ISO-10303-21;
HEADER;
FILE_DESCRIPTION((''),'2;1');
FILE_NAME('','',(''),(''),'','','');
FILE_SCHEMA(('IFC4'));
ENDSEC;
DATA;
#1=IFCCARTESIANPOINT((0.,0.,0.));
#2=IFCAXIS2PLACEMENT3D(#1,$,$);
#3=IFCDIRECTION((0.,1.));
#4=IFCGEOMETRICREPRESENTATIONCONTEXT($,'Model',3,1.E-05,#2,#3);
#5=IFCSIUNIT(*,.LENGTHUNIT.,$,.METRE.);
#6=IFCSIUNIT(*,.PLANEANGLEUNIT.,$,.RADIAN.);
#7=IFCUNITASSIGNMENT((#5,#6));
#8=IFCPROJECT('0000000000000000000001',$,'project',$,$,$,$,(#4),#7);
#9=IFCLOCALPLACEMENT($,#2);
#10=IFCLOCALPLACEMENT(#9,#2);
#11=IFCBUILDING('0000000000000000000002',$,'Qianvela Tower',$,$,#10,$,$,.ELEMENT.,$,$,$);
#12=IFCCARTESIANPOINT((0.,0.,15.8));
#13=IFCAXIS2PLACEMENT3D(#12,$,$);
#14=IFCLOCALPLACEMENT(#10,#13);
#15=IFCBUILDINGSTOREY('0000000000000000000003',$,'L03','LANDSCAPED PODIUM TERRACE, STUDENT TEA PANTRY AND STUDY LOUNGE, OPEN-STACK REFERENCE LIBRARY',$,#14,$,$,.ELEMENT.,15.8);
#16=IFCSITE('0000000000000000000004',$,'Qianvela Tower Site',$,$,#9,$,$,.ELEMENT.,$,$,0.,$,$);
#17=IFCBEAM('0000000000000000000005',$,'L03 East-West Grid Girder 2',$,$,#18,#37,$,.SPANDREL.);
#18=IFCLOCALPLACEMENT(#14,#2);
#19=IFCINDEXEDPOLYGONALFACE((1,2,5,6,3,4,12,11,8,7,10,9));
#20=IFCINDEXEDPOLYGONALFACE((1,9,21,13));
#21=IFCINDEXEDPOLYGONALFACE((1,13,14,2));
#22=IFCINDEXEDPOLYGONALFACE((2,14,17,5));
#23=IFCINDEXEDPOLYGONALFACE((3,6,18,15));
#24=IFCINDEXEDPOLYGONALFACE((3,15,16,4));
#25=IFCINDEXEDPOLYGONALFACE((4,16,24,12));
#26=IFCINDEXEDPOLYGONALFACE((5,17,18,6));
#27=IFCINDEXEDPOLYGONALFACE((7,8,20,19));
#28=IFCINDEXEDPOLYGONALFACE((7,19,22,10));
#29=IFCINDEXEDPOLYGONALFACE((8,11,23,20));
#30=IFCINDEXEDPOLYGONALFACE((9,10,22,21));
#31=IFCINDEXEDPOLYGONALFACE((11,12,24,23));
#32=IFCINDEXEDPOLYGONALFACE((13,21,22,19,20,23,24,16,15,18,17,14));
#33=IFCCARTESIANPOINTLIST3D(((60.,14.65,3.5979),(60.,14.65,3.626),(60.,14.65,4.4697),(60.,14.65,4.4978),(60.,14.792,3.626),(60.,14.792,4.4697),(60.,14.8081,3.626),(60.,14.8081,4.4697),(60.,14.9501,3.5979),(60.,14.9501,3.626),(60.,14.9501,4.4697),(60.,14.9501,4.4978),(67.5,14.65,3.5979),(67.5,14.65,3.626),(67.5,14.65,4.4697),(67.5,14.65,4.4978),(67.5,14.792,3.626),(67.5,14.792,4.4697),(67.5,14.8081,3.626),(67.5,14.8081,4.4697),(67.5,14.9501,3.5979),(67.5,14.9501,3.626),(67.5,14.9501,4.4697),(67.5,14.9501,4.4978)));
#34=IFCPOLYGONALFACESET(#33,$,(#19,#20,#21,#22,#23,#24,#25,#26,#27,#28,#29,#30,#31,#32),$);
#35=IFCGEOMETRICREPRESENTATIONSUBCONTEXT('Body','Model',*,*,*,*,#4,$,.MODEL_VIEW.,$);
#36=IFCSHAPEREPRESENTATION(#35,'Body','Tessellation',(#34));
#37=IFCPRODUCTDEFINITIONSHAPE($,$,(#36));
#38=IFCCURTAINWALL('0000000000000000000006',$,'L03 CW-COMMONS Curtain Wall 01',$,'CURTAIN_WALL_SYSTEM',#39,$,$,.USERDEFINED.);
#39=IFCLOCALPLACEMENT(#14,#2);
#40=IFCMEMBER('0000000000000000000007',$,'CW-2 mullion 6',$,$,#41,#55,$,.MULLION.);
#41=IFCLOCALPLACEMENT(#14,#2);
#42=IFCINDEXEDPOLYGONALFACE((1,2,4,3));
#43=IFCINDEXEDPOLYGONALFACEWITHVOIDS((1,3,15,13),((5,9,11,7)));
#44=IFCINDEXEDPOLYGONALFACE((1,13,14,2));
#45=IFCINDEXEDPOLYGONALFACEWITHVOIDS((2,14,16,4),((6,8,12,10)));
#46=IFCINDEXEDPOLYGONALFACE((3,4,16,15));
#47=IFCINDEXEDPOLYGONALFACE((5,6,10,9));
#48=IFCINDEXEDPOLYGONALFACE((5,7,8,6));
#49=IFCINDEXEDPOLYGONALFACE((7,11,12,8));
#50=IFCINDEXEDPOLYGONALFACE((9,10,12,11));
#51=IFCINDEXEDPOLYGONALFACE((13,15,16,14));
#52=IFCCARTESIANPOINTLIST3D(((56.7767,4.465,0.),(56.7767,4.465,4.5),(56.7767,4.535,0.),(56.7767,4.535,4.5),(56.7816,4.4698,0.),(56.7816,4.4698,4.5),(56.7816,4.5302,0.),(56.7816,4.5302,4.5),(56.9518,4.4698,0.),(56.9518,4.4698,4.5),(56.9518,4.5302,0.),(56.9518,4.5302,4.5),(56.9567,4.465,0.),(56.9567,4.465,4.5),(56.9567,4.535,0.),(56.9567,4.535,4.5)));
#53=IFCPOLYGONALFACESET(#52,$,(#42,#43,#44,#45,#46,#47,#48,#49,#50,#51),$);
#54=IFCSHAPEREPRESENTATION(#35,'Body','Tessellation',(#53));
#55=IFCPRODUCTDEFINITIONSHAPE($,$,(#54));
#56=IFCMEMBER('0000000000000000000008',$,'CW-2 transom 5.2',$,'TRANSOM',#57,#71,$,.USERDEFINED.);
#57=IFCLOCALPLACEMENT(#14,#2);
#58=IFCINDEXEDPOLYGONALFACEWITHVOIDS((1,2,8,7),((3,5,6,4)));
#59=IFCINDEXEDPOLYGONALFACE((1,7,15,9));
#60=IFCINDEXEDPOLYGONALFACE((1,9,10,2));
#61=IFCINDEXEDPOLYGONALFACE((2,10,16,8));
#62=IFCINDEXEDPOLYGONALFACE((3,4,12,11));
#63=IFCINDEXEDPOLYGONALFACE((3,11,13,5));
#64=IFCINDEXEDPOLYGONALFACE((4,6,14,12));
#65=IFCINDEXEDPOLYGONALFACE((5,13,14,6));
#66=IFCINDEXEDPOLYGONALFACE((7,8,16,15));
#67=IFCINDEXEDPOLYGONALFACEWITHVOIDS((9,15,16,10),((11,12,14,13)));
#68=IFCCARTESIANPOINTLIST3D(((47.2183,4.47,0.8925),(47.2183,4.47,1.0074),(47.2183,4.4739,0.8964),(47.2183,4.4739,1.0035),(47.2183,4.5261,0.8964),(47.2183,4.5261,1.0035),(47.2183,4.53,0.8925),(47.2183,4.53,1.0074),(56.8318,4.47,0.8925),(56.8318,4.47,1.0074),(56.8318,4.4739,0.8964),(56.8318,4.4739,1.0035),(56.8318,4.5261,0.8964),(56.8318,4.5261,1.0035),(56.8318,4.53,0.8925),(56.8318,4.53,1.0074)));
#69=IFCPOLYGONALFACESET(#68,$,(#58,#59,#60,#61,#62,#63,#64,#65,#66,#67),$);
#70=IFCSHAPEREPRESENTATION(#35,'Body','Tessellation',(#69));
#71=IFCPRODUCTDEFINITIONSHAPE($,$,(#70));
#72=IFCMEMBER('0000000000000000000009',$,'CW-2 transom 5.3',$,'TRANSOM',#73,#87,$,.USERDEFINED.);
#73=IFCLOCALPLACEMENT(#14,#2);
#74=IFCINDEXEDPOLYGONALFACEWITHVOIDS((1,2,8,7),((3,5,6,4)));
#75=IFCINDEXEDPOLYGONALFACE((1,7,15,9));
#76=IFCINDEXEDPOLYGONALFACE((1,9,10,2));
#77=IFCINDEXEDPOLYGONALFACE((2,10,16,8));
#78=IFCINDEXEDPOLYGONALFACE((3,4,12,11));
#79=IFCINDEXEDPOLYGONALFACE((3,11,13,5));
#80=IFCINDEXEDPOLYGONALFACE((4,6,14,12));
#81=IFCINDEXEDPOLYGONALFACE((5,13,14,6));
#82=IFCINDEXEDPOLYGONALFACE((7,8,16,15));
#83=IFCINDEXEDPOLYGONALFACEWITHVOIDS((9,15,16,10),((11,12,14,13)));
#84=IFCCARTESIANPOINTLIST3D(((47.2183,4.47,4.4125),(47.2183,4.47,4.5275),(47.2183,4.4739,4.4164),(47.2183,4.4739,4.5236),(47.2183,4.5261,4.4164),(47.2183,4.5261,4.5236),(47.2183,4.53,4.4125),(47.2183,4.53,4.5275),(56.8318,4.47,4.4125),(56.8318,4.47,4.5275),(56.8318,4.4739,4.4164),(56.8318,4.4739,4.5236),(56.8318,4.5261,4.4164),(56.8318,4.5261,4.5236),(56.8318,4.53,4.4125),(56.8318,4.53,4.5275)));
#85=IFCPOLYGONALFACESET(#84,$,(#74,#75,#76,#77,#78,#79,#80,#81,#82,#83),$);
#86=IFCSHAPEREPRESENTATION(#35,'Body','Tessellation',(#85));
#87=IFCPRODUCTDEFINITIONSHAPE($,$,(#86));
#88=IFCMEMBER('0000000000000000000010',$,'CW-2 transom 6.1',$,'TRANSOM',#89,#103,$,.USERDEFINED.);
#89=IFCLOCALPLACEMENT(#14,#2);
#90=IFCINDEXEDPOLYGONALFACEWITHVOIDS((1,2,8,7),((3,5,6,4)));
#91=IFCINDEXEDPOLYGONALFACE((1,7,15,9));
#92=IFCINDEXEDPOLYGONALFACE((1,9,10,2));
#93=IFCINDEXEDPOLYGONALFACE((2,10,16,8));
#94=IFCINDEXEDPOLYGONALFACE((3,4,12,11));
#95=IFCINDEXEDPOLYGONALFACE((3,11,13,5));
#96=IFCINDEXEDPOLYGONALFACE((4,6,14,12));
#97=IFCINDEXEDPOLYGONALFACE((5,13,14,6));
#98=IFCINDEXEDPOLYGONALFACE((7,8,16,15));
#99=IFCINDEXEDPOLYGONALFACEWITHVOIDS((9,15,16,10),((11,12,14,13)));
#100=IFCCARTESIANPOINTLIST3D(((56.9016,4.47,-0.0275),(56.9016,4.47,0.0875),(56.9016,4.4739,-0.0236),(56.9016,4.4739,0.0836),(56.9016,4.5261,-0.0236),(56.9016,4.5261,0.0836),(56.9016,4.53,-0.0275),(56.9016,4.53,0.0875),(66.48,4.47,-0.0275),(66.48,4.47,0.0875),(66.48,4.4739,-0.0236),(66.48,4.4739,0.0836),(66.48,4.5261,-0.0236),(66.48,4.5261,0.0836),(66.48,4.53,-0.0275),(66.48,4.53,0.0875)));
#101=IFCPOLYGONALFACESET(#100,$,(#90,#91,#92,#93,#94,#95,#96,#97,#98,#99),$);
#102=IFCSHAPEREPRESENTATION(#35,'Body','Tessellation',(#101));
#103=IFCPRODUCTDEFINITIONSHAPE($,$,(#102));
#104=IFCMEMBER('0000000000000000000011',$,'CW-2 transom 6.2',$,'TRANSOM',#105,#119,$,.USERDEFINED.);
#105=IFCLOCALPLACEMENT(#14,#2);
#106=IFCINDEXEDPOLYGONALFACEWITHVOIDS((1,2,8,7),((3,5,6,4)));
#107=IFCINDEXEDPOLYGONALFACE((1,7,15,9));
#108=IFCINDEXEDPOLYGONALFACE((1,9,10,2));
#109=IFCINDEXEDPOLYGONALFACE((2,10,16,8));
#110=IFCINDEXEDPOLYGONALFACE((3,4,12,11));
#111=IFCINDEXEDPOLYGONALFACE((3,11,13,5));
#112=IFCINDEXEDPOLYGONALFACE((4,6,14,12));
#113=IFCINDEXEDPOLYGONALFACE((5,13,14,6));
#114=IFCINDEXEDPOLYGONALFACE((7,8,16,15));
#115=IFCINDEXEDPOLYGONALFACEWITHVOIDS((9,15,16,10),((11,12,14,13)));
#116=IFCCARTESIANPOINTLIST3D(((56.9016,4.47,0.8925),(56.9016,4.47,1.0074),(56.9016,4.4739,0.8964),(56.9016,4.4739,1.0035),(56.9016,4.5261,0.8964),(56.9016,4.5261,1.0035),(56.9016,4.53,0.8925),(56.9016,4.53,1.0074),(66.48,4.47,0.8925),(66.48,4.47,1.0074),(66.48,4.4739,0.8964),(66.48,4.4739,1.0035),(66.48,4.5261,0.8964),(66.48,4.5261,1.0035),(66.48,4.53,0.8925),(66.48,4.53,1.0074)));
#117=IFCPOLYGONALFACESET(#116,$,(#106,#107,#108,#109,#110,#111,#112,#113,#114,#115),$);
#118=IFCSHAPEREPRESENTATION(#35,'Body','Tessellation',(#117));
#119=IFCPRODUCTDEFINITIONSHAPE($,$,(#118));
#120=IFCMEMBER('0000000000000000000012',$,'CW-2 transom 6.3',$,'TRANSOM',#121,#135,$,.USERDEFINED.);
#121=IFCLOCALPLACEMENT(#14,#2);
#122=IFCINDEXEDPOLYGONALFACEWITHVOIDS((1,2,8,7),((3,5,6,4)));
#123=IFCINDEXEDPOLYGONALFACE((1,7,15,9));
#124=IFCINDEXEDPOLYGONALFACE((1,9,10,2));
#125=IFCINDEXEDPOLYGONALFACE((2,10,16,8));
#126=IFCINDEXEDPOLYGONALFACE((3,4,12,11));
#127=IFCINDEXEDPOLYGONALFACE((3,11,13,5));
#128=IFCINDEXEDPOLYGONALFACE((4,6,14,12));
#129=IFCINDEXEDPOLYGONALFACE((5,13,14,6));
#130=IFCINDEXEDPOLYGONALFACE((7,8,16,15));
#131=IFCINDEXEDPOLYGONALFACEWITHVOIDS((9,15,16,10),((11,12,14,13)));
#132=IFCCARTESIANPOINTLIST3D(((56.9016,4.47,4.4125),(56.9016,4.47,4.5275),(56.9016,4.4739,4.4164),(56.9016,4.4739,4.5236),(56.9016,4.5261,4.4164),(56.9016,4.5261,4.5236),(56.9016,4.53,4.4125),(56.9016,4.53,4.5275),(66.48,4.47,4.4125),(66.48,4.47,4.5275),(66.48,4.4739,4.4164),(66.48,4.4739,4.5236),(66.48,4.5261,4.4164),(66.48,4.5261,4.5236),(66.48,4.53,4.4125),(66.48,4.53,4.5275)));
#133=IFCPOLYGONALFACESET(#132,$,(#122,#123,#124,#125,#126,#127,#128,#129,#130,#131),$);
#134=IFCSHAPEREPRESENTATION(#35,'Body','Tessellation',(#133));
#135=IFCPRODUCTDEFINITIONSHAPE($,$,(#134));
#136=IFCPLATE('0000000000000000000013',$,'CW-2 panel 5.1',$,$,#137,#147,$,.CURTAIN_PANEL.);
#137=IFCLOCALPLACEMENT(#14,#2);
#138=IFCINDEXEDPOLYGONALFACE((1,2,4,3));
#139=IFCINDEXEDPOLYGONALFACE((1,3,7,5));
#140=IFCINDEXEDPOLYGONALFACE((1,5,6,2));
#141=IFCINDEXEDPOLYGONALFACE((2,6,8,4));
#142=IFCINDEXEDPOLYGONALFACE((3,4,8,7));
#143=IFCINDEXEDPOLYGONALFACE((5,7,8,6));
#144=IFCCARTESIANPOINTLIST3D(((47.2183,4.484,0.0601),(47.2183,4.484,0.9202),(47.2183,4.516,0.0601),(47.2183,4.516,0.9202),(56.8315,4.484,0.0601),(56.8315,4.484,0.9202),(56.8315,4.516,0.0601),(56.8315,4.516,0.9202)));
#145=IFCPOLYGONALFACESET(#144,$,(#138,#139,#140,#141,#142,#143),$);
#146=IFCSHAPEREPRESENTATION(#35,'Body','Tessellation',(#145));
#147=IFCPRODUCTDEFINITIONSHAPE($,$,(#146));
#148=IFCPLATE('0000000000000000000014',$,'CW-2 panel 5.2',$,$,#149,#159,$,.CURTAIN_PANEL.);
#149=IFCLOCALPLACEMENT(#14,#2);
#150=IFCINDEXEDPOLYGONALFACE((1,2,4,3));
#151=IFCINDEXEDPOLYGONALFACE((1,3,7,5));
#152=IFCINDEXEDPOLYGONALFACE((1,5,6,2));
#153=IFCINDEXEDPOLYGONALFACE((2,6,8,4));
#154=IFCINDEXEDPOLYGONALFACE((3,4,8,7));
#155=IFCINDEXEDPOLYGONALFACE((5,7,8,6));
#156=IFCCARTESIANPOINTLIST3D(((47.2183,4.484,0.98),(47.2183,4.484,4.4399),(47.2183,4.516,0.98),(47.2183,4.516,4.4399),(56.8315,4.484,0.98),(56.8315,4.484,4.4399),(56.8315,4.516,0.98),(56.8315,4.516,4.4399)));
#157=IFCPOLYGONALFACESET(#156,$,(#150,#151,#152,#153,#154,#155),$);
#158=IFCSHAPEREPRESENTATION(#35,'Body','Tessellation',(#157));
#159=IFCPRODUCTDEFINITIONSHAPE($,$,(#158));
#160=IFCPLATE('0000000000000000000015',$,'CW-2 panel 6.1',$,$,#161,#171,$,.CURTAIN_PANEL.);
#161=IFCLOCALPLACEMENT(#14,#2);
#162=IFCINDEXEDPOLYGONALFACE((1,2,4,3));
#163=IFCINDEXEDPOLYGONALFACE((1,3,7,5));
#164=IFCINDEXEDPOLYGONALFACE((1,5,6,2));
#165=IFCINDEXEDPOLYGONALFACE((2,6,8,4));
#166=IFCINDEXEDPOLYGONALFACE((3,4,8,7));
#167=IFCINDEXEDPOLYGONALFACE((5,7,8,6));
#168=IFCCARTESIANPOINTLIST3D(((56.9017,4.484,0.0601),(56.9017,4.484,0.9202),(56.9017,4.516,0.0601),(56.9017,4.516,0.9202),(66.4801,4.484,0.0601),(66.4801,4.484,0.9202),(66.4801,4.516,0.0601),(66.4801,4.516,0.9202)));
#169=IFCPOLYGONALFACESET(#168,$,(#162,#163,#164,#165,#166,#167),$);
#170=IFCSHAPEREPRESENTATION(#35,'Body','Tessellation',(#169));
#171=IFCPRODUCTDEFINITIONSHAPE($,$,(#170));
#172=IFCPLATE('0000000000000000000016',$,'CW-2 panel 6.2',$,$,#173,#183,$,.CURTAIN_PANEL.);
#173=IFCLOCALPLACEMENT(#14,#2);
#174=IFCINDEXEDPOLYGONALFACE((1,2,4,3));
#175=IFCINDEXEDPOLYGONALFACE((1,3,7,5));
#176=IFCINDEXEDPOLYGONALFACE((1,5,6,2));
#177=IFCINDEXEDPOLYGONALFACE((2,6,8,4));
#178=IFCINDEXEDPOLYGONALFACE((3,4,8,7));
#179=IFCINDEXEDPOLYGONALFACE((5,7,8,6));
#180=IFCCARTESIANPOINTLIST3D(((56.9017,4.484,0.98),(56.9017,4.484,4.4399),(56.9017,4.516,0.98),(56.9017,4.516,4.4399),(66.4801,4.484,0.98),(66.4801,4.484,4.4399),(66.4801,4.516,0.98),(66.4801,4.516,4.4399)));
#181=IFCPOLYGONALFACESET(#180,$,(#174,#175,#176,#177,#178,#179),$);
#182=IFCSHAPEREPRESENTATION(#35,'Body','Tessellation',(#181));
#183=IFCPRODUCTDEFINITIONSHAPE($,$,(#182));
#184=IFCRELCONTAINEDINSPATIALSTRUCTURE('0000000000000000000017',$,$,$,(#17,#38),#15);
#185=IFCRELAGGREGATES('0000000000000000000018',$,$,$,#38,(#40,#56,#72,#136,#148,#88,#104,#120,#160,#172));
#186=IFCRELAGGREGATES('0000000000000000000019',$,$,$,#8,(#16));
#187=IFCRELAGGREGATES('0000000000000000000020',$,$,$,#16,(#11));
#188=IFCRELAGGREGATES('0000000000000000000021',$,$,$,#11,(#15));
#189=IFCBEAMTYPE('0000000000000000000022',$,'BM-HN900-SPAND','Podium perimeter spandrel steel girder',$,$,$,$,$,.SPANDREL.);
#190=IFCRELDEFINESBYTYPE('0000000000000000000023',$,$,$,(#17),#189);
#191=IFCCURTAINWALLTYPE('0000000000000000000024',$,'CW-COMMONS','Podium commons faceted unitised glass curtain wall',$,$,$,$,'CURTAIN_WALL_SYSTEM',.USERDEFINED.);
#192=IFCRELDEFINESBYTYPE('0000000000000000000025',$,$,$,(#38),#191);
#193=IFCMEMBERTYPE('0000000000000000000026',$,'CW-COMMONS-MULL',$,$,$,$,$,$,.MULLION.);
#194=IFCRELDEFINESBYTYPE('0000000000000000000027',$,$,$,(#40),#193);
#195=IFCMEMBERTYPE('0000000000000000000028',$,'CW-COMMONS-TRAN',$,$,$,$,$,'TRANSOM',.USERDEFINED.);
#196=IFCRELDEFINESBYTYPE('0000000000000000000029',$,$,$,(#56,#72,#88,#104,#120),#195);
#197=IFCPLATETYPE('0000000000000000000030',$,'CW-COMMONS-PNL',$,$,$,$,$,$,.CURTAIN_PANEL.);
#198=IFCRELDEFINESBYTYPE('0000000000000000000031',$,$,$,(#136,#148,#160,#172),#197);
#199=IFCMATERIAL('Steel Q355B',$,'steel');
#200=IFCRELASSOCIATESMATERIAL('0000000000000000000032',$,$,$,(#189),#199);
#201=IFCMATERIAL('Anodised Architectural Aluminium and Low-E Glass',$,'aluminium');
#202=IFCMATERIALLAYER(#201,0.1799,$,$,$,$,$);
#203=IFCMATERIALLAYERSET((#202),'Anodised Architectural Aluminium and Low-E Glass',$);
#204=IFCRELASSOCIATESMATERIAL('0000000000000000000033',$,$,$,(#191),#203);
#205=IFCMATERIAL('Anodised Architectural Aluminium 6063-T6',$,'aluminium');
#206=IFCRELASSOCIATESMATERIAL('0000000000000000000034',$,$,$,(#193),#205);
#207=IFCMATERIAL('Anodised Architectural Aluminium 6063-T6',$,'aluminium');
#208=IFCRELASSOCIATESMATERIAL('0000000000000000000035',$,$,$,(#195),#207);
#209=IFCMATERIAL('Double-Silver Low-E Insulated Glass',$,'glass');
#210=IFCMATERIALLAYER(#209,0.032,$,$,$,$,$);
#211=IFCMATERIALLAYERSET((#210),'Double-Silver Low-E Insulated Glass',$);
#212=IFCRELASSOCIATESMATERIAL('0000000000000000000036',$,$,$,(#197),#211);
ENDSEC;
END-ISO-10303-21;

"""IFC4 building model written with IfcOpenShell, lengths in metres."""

from ifc_helpers import new_model, si_unit, direction, frame, origin, origin_2d, place, context, subcontext, project, spatial, rectangle, hollow_rectangle, i_section, extrude, material, layer, layer_set, material_profile, profile_set, type_object, element, aggregate, save


model = new_model("IFC4")

# Units and contexts
model_context = context("Model", 3, precision=1e-05, world=origin(), true_north=direction((0.0, 1.0)))
body_context = subcontext(model_context, "Body", "Model", "MODEL_VIEW")
ifc_project = project(units=[si_unit("LENGTHUNIT", "METRE"), si_unit("PLANEANGLEUNIT", "RADIAN")], contexts=[model_context])

# Site, building, storey
site_placement = place(None, origin())
site = spatial("IfcSite", under=ifc_project, at=site_placement, Name="Qianvela Tower Site", CompositionType="ELEMENT", RefElevation=0.0)
building_placement = place(site_placement, origin())
building = spatial("IfcBuilding", under=site, at=building_placement, Name="Qianvela Tower", CompositionType="ELEMENT")
storey_placement = place(building_placement, frame((0.0, 0.0, 15.8)))
storey = spatial("IfcBuildingStorey", under=building, at=storey_placement, Name="L03", Description="LANDSCAPED PODIUM TERRACE, STUDENT TEA PANTRY AND STUDY LOUNGE, OPEN-STACK REFERENCE LIBRARY", CompositionType="ELEMENT", Elevation=15.8)

# Beam
ifc_material_1 = material(Name="Steel Q355B", Category="steel")
ifc_material_profile_1 = material_profile(ifc_material_1, i_section(OverallWidth=0.3, OverallDepth=0.8999, WebThickness=0.0161, FlangeThickness=0.0281, at=origin_2d()), Name="HN900x300x16x28")
ifc_profile_set_1 = profile_set([ifc_material_profile_1], Name="Steel Q355B")
beam_type_1 = type_object("IfcBeamType", Name="BM-HN900-SPAND", Description="Podium perimeter spandrel steel girder", PredefinedType="SPANDREL", material=ifc_profile_set_1)
beam_1_placement = place(storey_placement, frame((60.0, 14.8, 4.0479), z_axis=(1.0, 0.0, 0.0), x_axis=(0.0, 1.0, 0.0)))
element("IfcBeam", 1, at=beam_1_placement, inside=storey, type_object=beam_type_1, Name="L03 East-West Grid Girder 2", PredefinedType="SPANDREL", context=body_context, shape_type="SweptSolid", body=[
    extrude(i_section(OverallWidth=0.3, OverallDepth=0.8999, WebThickness=0.0161, FlangeThickness=0.0281, at=origin_2d()), origin(), (0.0, 0.0, 1.0), 7.5),
])

# Curtain wall, members, plates
ifc_material_2 = material(Name="Anodised Architectural Aluminium and Low-E Glass", Category="aluminium")
ifc_layer_1 = layer(ifc_material_2, 0.1799)
ifc_layer_set_1 = layer_set([ifc_layer_1], Name="Anodised Architectural Aluminium and Low-E Glass")
curtain_wall_type = type_object("IfcCurtainWallType", Name="CW-COMMONS", Description="Podium commons faceted unitised glass curtain wall", ElementType="CURTAIN_WALL_SYSTEM", PredefinedType="USERDEFINED", material=ifc_layer_set_1)
curtain_wall_placement = place(storey_placement, origin())
curtain_wall = element("IfcCurtainWall", 2, at=curtain_wall_placement, inside=storey, type_object=curtain_wall_type, Name="L03 CW-COMMONS Curtain Wall 01", ObjectType="CURTAIN_WALL_SYSTEM", PredefinedType="USERDEFINED")
ifc_material_3 = material(Name="Anodised Architectural Aluminium 6063-T6", Category="aluminium")
ifc_material_profile_2 = material_profile(ifc_material_3, hollow_rectangle(XDim=0.0701, YDim=0.1799, WallThickness=0.0049, at=origin_2d()), Name="ALU-MULL-70x180")
ifc_profile_set_2 = profile_set([ifc_material_profile_2], Name="Anodised Architectural Aluminium 6063-T6")
member_type_1 = type_object("IfcMemberType", Name="CW-COMMONS-MULL", PredefinedType="MULLION", material=ifc_profile_set_2)
member_1_placement = place(storey_placement, frame((56.8667, 4.5, 0.0), z_axis=(0.0, 0.0, 1.0), x_axis=(0.0, 1.0, 0.0)))
member_1 = element("IfcMember", 3, at=member_1_placement, type_object=member_type_1, Name="CW-2 mullion 6", PredefinedType="MULLION", context=body_context, shape_type="SweptSolid", body=[
    extrude(hollow_rectangle(XDim=0.0701, YDim=0.1799, WallThickness=0.0049, at=origin_2d()), origin(), (0.0, 0.0, 1.0), 4.5),
])
ifc_material_4 = material(Name="Anodised Architectural Aluminium 6063-T6", Category="aluminium")
ifc_material_profile_3 = material_profile(ifc_material_4, hollow_rectangle(XDim=0.0601, YDim=0.115, WallThickness=0.0039, at=origin_2d()), Name="ALU-TRAN-60x115")
ifc_profile_set_3 = profile_set([ifc_material_profile_3], Name="Anodised Architectural Aluminium 6063-T6")
member_type_2 = type_object("IfcMemberType", Name="CW-COMMONS-TRAN", ElementType="TRANSOM", PredefinedType="USERDEFINED", material=ifc_profile_set_3)
member_2_placement = place(storey_placement, frame((47.2183, 4.5, 0.95), z_axis=(1.0, 0.0, 0.0), x_axis=(0.0, 1.0, 0.0)))
member_2 = element("IfcMember", 4, at=member_2_placement, type_object=member_type_2, Name="CW-2 transom 5.2", ObjectType="TRANSOM", PredefinedType="USERDEFINED", context=body_context, shape_type="SweptSolid", body=[
    extrude(hollow_rectangle(XDim=0.0601, YDim=0.115, WallThickness=0.0039, at=origin_2d()), origin(), (0.0, 0.0, 1.0), 9.6135),
])
member_3_placement = place(storey_placement, frame((47.2183, 4.5, 4.47), z_axis=(1.0, 0.0, 0.0), x_axis=(0.0, 1.0, 0.0)))
member_3 = element("IfcMember", 5, at=member_3_placement, type_object=member_type_2, Name="CW-2 transom 5.3", ObjectType="TRANSOM", PredefinedType="USERDEFINED", context=body_context, shape_type="SweptSolid", body=[
    extrude(hollow_rectangle(XDim=0.0601, YDim=0.115, WallThickness=0.0039, at=origin_2d()), origin(), (0.0, 0.0, 1.0), 9.6135),
])
member_4_placement = place(storey_placement, frame((56.9016, 4.5, 0.03), z_axis=(1.0, 0.0, 0.0), x_axis=(0.0, 1.0, 0.0)))
member_4 = element("IfcMember", 6, at=member_4_placement, type_object=member_type_2, Name="CW-2 transom 6.1", ObjectType="TRANSOM", PredefinedType="USERDEFINED", context=body_context, shape_type="SweptSolid", body=[
    extrude(hollow_rectangle(XDim=0.0601, YDim=0.115, WallThickness=0.0039, at=origin_2d()), origin(), (0.0, 0.0, 1.0), 9.5784),
])
member_5_placement = place(storey_placement, frame((56.9016, 4.5, 0.95), z_axis=(1.0, 0.0, 0.0), x_axis=(0.0, 1.0, 0.0)))
member_5 = element("IfcMember", 7, at=member_5_placement, type_object=member_type_2, Name="CW-2 transom 6.2", ObjectType="TRANSOM", PredefinedType="USERDEFINED", context=body_context, shape_type="SweptSolid", body=[
    extrude(hollow_rectangle(XDim=0.0601, YDim=0.115, WallThickness=0.0039, at=origin_2d()), origin(), (0.0, 0.0, 1.0), 9.5784),
])
member_6_placement = place(storey_placement, frame((56.9016, 4.5, 4.47), z_axis=(1.0, 0.0, 0.0), x_axis=(0.0, 1.0, 0.0)))
member_6 = element("IfcMember", 8, at=member_6_placement, type_object=member_type_2, Name="CW-2 transom 6.3", ObjectType="TRANSOM", PredefinedType="USERDEFINED", context=body_context, shape_type="SweptSolid", body=[
    extrude(hollow_rectangle(XDim=0.0601, YDim=0.115, WallThickness=0.0039, at=origin_2d()), origin(), (0.0, 0.0, 1.0), 9.5784),
])
ifc_material_5 = material(Name="Double-Silver Low-E Insulated Glass", Category="glass")
ifc_layer_2 = layer(ifc_material_5, 0.032)
ifc_layer_set_2 = layer_set([ifc_layer_2], Name="Double-Silver Low-E Insulated Glass")
plate_type = type_object("IfcPlateType", Name="CW-COMMONS-PNL", PredefinedType="CURTAIN_PANEL", material=ifc_layer_set_2)
plate_1_placement = place(storey_placement, frame((52.0249, 4.5, 0.0601), z_axis=(0.0, 0.0, 1.0), x_axis=(1.0, 0.0, 0.0)))
plate_1 = element("IfcPlate", 9, at=plate_1_placement, type_object=plate_type, Name="CW-2 panel 5.1", PredefinedType="CURTAIN_PANEL", context=body_context, shape_type="SweptSolid", body=[
    extrude(rectangle(XDim=9.6133, YDim=0.032, at=origin_2d()), origin(), (0.0, 0.0, 1.0), 0.8601),
])
plate_2_placement = place(storey_placement, frame((52.0249, 4.5, 0.98), z_axis=(0.0, 0.0, 1.0), x_axis=(1.0, 0.0, 0.0)))
plate_2 = element("IfcPlate", 10, at=plate_2_placement, type_object=plate_type, Name="CW-2 panel 5.2", PredefinedType="CURTAIN_PANEL", context=body_context, shape_type="SweptSolid", body=[
    extrude(rectangle(XDim=9.6133, YDim=0.032, at=origin_2d()), origin(), (0.0, 0.0, 1.0), 3.46),
])
plate_3_placement = place(storey_placement, frame((61.6909, 4.5, 0.0601), z_axis=(0.0, 0.0, 1.0), x_axis=(1.0, 0.0, 0.0)))
plate_3 = element("IfcPlate", 11, at=plate_3_placement, type_object=plate_type, Name="CW-2 panel 6.1", PredefinedType="CURTAIN_PANEL", context=body_context, shape_type="SweptSolid", body=[
    extrude(rectangle(XDim=9.5784, YDim=0.032, at=origin_2d()), origin(), (0.0, 0.0, 1.0), 0.8601),
])
plate_4_placement = place(storey_placement, frame((61.6909, 4.5, 0.98), z_axis=(0.0, 0.0, 1.0), x_axis=(1.0, 0.0, 0.0)))
plate_4 = element("IfcPlate", 12, at=plate_4_placement, type_object=plate_type, Name="CW-2 panel 6.2", PredefinedType="CURTAIN_PANEL", context=body_context, shape_type="SweptSolid", body=[
    extrude(rectangle(XDim=9.5784, YDim=0.032, at=origin_2d()), origin(), (0.0, 0.0, 1.0), 3.46),
])
aggregate(curtain_wall, [member_1, member_2, member_3, plate_1, plate_2, member_4, member_5, member_6, plate_3, plate_4])

save(model, "model.ifc")
